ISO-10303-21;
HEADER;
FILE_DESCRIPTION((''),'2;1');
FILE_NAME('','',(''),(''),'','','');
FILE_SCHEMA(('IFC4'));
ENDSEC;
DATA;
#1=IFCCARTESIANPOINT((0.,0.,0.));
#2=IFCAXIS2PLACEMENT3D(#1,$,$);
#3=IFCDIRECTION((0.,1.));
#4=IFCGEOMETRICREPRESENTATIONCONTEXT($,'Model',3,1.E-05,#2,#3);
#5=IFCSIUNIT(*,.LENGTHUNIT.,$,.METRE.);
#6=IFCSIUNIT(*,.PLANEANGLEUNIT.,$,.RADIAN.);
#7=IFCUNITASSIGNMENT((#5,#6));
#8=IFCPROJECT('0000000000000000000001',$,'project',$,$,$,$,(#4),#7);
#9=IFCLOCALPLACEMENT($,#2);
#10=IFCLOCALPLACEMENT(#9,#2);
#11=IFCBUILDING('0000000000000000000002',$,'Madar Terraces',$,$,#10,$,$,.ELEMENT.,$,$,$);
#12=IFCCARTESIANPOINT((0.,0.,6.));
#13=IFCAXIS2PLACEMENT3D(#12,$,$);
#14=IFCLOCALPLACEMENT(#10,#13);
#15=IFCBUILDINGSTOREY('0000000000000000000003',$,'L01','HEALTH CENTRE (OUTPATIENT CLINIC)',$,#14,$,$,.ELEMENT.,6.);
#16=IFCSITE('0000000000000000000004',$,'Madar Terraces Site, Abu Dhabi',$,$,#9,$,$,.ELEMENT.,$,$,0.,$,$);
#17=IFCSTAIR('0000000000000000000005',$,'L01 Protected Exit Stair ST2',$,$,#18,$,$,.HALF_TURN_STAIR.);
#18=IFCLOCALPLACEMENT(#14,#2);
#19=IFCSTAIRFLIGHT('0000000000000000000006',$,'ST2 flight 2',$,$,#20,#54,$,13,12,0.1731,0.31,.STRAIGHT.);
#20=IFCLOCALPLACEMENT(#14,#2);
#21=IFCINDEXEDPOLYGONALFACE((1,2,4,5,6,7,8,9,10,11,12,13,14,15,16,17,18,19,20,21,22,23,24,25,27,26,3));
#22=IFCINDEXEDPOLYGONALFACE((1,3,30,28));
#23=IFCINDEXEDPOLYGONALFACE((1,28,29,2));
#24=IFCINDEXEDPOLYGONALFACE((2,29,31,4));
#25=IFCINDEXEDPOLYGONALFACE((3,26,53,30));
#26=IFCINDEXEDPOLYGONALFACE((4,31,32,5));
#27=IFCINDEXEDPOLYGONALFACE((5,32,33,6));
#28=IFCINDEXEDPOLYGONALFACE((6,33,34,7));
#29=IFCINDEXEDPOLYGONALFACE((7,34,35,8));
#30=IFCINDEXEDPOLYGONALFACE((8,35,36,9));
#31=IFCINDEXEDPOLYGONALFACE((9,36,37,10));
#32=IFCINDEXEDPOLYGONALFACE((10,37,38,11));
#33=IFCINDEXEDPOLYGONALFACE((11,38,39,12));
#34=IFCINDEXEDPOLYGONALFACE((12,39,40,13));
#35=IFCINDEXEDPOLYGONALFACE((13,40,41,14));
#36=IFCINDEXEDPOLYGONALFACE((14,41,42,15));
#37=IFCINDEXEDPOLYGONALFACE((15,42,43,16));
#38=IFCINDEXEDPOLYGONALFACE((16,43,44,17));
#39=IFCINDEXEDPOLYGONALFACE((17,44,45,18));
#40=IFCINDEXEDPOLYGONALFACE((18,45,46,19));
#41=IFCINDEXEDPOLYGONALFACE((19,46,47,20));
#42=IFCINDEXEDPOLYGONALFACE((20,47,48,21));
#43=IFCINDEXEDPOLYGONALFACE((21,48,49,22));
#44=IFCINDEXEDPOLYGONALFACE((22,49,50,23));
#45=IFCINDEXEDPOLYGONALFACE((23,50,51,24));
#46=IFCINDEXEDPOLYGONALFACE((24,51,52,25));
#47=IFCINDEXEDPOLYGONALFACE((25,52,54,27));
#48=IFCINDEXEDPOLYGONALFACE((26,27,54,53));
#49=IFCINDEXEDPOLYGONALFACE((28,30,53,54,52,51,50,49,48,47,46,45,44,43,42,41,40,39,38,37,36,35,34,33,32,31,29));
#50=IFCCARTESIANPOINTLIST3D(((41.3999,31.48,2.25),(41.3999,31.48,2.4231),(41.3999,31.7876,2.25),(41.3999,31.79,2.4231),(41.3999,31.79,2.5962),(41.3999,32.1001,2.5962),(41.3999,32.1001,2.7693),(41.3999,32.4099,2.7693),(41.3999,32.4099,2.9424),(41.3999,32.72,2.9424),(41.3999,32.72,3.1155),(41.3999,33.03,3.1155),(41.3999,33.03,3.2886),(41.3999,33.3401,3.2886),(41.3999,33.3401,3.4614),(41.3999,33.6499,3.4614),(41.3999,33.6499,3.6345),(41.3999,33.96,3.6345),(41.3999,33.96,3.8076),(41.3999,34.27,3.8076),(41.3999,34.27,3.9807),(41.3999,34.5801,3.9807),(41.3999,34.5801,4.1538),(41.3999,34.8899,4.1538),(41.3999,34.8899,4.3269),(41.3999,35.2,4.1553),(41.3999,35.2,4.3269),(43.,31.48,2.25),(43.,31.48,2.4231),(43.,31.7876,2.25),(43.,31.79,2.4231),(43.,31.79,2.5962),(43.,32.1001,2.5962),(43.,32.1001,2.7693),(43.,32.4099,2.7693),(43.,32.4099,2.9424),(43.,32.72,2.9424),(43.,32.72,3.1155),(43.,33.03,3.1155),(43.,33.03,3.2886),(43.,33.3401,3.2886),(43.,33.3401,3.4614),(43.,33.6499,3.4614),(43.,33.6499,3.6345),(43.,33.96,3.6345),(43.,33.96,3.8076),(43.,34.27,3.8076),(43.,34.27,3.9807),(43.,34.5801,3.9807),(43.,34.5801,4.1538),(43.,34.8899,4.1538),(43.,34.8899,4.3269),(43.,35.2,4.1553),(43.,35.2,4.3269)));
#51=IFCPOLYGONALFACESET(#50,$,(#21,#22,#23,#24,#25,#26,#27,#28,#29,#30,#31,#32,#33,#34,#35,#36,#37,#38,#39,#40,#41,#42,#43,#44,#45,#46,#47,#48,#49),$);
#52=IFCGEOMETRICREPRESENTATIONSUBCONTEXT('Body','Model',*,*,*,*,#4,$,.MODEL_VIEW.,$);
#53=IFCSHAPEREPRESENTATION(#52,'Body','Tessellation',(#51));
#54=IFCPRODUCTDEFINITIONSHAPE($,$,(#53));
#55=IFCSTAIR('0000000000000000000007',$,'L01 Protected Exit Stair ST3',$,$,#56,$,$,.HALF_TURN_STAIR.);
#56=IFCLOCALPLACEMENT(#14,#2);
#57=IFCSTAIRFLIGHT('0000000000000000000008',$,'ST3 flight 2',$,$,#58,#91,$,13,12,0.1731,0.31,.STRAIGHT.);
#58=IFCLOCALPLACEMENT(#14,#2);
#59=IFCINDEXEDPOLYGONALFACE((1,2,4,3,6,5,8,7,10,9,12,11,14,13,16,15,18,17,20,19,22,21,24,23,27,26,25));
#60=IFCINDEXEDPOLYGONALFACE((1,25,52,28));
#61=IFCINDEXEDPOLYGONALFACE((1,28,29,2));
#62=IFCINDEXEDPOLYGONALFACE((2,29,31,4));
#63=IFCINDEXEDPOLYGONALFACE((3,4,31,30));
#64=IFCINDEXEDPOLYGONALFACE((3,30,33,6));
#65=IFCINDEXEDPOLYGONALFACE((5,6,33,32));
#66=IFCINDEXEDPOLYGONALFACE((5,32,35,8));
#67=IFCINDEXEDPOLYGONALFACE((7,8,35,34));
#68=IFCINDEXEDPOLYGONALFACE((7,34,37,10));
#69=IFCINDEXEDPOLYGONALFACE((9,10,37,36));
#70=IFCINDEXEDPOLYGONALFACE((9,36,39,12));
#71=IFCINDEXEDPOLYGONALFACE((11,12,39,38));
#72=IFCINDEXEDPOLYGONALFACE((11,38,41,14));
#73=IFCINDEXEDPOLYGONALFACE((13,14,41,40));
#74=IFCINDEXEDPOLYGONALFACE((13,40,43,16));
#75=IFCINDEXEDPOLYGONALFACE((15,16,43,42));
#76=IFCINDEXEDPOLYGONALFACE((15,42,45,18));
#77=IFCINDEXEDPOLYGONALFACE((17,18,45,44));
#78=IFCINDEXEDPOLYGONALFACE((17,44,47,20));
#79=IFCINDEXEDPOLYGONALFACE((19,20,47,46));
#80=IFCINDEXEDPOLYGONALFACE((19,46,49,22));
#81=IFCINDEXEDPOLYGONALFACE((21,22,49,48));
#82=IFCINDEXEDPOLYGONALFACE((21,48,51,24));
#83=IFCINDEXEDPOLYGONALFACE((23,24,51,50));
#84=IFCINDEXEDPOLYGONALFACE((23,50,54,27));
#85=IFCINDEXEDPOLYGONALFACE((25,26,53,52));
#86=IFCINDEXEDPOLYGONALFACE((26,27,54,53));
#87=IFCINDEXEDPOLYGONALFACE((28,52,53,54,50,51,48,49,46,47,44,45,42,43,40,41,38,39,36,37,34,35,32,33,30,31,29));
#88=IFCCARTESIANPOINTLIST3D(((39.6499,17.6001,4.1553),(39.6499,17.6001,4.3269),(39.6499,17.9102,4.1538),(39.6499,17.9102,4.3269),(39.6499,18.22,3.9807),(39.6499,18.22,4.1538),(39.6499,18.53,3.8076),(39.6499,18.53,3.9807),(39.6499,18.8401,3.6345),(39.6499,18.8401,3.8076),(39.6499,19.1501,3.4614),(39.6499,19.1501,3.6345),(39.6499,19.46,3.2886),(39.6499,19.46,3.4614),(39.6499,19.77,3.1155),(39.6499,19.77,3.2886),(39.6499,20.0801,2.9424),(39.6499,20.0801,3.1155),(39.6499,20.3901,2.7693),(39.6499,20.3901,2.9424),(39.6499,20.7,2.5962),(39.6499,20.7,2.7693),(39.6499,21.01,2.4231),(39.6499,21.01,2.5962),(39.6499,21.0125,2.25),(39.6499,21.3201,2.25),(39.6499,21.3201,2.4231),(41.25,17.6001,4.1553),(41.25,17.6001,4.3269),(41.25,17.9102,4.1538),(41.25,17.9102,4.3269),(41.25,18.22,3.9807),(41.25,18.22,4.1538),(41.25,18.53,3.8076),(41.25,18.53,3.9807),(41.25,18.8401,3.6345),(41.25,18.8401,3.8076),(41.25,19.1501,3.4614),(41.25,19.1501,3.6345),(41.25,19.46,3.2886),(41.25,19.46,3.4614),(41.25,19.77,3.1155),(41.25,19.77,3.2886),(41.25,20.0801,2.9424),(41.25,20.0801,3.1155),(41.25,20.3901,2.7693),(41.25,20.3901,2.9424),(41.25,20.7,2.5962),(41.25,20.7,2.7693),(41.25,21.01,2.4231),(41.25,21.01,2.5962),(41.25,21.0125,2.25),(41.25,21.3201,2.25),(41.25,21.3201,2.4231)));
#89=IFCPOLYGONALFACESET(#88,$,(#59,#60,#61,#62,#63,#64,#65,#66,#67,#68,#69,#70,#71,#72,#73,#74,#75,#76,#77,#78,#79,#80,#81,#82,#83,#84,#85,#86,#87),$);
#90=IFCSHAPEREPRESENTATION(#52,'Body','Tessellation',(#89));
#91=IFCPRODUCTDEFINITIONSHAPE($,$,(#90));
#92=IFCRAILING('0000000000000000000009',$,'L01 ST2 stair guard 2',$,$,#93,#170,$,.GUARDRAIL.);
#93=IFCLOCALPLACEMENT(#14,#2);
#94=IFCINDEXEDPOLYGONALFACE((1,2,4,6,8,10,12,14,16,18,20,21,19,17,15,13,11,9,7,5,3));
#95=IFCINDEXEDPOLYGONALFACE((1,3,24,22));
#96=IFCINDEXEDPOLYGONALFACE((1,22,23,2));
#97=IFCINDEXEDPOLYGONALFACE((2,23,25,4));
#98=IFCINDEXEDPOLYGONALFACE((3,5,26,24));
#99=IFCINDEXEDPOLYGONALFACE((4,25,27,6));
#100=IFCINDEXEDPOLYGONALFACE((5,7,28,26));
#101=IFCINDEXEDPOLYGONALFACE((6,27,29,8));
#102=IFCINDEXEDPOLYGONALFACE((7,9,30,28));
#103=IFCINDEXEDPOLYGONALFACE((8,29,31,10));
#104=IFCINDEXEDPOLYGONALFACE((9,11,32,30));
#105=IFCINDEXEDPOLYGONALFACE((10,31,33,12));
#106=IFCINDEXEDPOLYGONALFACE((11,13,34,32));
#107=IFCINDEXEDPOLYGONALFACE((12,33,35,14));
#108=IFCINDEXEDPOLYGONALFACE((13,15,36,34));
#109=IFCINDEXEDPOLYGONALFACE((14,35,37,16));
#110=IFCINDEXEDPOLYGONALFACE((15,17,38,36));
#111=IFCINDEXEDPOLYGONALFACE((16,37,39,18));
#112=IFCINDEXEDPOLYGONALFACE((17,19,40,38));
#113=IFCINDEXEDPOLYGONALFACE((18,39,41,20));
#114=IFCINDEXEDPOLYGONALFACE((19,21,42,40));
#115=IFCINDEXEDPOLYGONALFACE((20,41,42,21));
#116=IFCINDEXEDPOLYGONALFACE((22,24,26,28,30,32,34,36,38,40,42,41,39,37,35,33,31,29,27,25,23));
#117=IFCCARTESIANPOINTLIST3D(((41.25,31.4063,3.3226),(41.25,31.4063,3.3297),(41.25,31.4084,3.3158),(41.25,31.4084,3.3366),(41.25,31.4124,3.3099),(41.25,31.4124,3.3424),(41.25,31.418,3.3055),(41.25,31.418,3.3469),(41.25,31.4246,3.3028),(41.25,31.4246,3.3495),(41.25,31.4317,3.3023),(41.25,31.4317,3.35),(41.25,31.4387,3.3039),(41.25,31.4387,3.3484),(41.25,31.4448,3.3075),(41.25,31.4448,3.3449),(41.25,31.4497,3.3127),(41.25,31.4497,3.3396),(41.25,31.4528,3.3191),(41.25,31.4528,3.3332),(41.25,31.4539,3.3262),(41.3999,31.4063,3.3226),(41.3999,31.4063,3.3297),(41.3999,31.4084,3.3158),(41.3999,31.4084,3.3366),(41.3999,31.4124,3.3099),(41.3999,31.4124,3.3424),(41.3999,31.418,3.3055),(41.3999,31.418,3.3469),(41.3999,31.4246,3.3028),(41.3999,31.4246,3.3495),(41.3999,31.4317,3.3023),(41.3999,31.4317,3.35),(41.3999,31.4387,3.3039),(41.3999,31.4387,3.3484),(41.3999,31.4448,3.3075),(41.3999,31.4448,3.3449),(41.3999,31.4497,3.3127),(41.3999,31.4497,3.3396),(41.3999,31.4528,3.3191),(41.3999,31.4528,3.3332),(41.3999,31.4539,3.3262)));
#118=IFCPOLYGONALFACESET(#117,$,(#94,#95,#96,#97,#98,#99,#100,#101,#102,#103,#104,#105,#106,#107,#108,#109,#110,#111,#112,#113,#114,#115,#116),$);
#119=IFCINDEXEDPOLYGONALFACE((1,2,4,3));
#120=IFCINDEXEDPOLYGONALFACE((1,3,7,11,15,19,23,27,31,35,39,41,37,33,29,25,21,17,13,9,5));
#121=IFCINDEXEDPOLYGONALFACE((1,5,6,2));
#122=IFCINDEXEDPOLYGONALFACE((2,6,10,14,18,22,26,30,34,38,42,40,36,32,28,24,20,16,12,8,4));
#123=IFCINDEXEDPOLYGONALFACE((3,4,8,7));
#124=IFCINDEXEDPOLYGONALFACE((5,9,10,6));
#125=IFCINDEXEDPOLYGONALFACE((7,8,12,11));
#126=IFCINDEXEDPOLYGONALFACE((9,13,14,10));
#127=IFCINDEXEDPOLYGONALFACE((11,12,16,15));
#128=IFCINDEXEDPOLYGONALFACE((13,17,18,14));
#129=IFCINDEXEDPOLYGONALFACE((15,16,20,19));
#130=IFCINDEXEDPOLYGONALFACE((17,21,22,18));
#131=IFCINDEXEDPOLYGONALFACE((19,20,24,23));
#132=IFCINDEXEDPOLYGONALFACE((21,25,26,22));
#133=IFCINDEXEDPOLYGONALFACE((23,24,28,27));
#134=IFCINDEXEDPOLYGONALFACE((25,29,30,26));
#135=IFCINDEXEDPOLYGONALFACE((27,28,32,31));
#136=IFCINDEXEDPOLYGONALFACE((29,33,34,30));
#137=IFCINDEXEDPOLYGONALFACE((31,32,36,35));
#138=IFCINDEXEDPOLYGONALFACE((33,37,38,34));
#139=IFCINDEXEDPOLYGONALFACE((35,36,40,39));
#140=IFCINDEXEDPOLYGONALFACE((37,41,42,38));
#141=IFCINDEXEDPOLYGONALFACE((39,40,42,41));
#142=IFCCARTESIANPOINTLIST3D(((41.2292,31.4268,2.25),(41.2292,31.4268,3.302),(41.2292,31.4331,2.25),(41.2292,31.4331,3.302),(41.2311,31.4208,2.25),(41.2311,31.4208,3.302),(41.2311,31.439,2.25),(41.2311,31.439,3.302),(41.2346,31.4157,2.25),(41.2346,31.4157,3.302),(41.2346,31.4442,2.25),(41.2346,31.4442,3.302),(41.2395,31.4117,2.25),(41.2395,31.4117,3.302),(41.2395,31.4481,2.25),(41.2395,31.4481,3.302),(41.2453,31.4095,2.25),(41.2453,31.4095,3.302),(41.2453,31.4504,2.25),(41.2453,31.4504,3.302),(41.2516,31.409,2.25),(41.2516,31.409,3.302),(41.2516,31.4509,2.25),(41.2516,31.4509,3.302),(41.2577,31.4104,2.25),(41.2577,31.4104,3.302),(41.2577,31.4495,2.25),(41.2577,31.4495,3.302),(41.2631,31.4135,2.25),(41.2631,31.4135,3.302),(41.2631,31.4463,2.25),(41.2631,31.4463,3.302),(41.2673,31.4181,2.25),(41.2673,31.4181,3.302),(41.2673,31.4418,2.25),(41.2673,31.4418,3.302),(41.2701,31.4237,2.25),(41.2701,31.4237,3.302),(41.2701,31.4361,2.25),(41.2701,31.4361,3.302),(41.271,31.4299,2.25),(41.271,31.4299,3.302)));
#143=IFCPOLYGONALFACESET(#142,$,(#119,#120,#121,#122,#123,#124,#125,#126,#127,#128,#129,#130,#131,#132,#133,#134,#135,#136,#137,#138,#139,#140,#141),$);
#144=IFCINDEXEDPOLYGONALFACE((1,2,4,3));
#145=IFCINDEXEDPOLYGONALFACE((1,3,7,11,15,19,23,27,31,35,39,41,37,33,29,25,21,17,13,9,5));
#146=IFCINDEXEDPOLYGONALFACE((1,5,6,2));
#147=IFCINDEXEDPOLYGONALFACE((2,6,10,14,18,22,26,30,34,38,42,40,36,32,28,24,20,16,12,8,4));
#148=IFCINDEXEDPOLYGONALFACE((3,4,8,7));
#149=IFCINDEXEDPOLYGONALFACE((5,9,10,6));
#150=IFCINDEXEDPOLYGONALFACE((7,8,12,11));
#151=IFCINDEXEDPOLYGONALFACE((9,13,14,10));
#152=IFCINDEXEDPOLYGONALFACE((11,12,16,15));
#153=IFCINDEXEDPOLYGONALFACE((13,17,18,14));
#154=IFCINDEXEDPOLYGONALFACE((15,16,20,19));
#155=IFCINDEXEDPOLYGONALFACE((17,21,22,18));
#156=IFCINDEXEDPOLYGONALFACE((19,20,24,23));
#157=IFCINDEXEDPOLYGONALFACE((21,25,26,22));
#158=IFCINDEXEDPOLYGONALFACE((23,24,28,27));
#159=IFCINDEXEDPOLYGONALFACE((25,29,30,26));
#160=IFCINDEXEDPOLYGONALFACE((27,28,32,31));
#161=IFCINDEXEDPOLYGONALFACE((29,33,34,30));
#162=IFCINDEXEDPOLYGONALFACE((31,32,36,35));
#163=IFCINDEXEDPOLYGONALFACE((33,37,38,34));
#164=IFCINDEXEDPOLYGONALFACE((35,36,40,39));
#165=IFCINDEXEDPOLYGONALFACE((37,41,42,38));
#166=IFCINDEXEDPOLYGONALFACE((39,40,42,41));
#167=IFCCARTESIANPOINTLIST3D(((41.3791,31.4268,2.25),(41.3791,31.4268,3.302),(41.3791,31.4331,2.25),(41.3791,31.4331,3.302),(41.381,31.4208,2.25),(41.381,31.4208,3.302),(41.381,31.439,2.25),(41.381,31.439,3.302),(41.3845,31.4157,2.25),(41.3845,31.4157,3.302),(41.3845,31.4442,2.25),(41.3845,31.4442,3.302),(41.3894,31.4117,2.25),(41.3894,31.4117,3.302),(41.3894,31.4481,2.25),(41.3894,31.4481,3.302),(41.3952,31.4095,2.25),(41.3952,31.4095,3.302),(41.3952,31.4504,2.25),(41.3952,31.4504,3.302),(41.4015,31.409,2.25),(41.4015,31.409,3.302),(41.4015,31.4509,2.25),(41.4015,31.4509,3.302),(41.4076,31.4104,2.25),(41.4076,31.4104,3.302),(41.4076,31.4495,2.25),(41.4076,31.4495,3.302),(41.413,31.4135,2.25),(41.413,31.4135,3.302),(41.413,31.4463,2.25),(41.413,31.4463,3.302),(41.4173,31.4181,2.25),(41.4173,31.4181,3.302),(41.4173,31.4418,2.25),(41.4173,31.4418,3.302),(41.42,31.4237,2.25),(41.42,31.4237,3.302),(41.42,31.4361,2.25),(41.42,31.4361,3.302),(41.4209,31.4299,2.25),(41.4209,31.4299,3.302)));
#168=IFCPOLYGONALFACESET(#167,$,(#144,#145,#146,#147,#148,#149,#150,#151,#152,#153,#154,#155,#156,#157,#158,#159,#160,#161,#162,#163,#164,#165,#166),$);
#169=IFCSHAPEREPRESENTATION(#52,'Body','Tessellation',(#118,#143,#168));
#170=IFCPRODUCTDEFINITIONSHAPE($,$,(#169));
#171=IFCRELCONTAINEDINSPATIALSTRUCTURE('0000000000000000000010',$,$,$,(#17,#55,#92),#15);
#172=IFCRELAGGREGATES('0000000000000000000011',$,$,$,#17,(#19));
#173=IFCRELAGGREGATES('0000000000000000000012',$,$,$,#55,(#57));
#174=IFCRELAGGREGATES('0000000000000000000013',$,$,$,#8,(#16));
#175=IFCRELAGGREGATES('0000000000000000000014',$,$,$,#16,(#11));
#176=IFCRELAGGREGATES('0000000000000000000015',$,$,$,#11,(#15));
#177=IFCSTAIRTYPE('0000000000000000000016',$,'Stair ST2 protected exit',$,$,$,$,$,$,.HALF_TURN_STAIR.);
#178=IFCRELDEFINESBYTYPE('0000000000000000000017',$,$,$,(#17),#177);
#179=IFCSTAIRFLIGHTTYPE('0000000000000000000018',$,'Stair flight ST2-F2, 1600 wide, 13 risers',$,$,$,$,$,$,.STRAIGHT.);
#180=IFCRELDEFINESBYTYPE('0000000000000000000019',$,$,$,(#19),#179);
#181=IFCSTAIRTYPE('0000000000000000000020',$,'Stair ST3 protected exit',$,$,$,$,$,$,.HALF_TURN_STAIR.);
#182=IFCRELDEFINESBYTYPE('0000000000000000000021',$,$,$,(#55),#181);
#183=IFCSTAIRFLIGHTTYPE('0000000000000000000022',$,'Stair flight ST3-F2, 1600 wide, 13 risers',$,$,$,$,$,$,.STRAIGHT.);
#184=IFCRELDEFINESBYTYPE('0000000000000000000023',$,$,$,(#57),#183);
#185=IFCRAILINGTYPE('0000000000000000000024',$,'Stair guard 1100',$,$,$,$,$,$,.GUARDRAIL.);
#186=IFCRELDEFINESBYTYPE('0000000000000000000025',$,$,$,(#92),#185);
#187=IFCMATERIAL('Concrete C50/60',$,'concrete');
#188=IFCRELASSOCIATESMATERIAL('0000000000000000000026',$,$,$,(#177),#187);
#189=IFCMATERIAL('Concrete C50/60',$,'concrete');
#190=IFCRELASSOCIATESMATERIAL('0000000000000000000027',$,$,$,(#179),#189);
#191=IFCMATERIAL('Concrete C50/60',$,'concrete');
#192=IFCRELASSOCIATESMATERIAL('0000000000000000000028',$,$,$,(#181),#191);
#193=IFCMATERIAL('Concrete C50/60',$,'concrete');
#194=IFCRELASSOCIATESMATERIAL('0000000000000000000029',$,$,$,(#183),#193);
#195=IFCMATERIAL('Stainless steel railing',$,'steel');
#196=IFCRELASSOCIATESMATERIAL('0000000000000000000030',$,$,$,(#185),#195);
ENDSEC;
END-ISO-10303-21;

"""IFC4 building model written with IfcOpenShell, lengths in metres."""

from ifc_helpers import new_model, si_unit, direction, frame, origin, origin_2d, place, context, subcontext, project, spatial, polyline, circle, outline, extrude, material, type_object, element, aggregate, save


model = new_model("IFC4")

# Units and contexts
model_context = context("Model", 3, precision=1e-05, world=origin(), true_north=direction((0.0, 1.0)))
body_context = subcontext(model_context, "Body", "Model", "MODEL_VIEW")
ifc_project = project(units=[si_unit("LENGTHUNIT", "METRE"), si_unit("PLANEANGLEUNIT", "RADIAN")], contexts=[model_context])

# Site, building, storey
site_placement = place(None, origin())
site = spatial("IfcSite", under=ifc_project, at=site_placement, Name="Madar Terraces Site, Abu Dhabi", CompositionType="ELEMENT", RefElevation=0.0)
building_placement = place(site_placement, origin())
building = spatial("IfcBuilding", under=site, at=building_placement, Name="Madar Terraces", CompositionType="ELEMENT")
storey_placement = place(building_placement, frame((0.0, 0.0, 6.0)))
storey = spatial("IfcBuildingStorey", under=building, at=storey_placement, Name="L01", Description="HEALTH CENTRE (OUTPATIENT CLINIC)", CompositionType="ELEMENT", Elevation=6.0)

# Stairs, stair flights
ifc_material_1 = material(Name="Concrete C50/60", Category="concrete")
stair_type_1 = type_object("IfcStairType", Name="Stair ST2 protected exit", PredefinedType="HALF_TURN_STAIR", material=ifc_material_1)
stair_1_placement = place(storey_placement, origin())
stair_1 = element("IfcStair", 1, at=stair_1_placement, inside=storey, type_object=stair_type_1, Name="L01 Protected Exit Stair ST2", PredefinedType="HALF_TURN_STAIR")
ifc_material_2 = material(Name="Concrete C50/60", Category="concrete")
stair_flight_type_1 = type_object("IfcStairFlightType", Name="Stair flight ST2-F2, 1600 wide, 13 risers", PredefinedType="STRAIGHT", material=ifc_material_2)
stair_flight_1_placement = place(storey_placement, frame((42.2, 31.48, 2.25), z_axis=(0.0, 0.0, 1.0), x_axis=(0.0, 1.0, 0.0)))
stair_flight_1 = element("IfcStairFlight", 2, at=stair_flight_1_placement, type_object=stair_flight_type_1, Name="ST2 flight 2", NumberOfRisers=13, NumberOfTreads=12, PredefinedType="STRAIGHT", RiserHeight=0.1731, TreadLength=0.31, context=body_context, shape_type="SweptSolid", body=[
    extrude(outline(polyline([(0.0, 0.0), (0.0, 0.1731), (0.3101, 0.1731), (0.3101, 0.3462), (0.6201, 0.3462), (0.6201, 0.5193), (0.9299, 0.5193), (0.9299, 0.6924), (1.24, 0.6924), (1.24, 0.8655), (1.55, 0.8655), (1.55, 1.0386), (1.8601, 1.0386), (1.8601, 1.2114), (2.1699, 1.2114), (2.1699, 1.3845), (2.48, 1.3845), (2.48, 1.5576), (2.79, 1.5576), (2.79, 1.7307), (3.1001, 1.7307), (3.1001, 1.9038), (3.4099, 1.9038), (3.4099, 2.0769), (3.72, 2.0769), (3.72, 2.25), (3.72, 1.9053), (0.3076, 0.0), (0.0, 0.0)])), frame((0.0, 0.8, 0.0), z_axis=(0.0, -1.0, 0.0), x_axis=(1.0, 0.0, 0.0)), (0.0, 0.0, 1.0), 1.6001),
])
aggregate(stair_1, [stair_flight_1])
ifc_material_3 = material(Name="Concrete C50/60", Category="concrete")
stair_type_2 = type_object("IfcStairType", Name="Stair ST3 protected exit", PredefinedType="HALF_TURN_STAIR", material=ifc_material_3)
stair_2_placement = place(storey_placement, origin())
stair_2 = element("IfcStair", 3, at=stair_2_placement, inside=storey, type_object=stair_type_2, Name="L01 Protected Exit Stair ST3", PredefinedType="HALF_TURN_STAIR")
ifc_material_4 = material(Name="Concrete C50/60", Category="concrete")
stair_flight_type_2 = type_object("IfcStairFlightType", Name="Stair flight ST3-F2, 1600 wide, 13 risers", PredefinedType="STRAIGHT", material=ifc_material_4)
stair_flight_2_placement = place(storey_placement, frame((40.45, 21.3201, 2.25), z_axis=(0.0, 0.0, 1.0), x_axis=(0.0, -1.0, 0.0)))
stair_flight_2 = element("IfcStairFlight", 4, at=stair_flight_2_placement, type_object=stair_flight_type_2, Name="ST3 flight 2", NumberOfRisers=13, NumberOfTreads=12, PredefinedType="STRAIGHT", RiserHeight=0.1731, TreadLength=0.31, context=body_context, shape_type="SweptSolid", body=[
    extrude(outline(polyline([(0.0, 0.0), (0.0, 0.1731), (0.3101, 0.1731), (0.3101, 0.3462), (0.6201, 0.3462), (0.6201, 0.5193), (0.9299, 0.5193), (0.9299, 0.6924), (1.24, 0.6924), (1.24, 0.8655), (1.55, 0.8655), (1.55, 1.0386), (1.8601, 1.0386), (1.8601, 1.2114), (2.1699, 1.2114), (2.1699, 1.3845), (2.48, 1.3845), (2.48, 1.5576), (2.79, 1.5576), (2.79, 1.7307), (3.1001, 1.7307), (3.1001, 1.9038), (3.4099, 1.9038), (3.4099, 2.0769), (3.72, 2.0769), (3.72, 2.25), (3.72, 1.9053), (0.3076, 0.0), (0.0, 0.0)])), frame((0.0, 0.8, 0.0), z_axis=(0.0, -1.0, 0.0), x_axis=(1.0, 0.0, 0.0)), (0.0, 0.0, 1.0), 1.6001),
])
aggregate(stair_2, [stair_flight_2])

# Railing
ifc_material_5 = material(Name="Stainless steel railing", Category="steel")
railing_type_1 = type_object("IfcRailingType", Name="Stair guard 1100", PredefinedType="GUARDRAIL", material=ifc_material_5)
railing_1_placement = place(storey_placement, frame((41.25, 31.4299, 2.25)))
element("IfcRailing", 5, at=railing_1_placement, inside=storey, type_object=railing_type_1, Name="L01 ST2 stair guard 2", PredefinedType="GUARDRAIL", context=body_context, shape_type="SweptSolid", body=[
    extrude(circle(Radius=0.0239, at=origin_2d()), frame((0.0, 0.0, 1.0762), z_axis=(1.0, 0.0, 0.0), x_axis=(0.0, 1.0, 0.0)), (0.0, 0.0, 1.0), 0.1499),
    extrude(circle(Radius=0.021, at=origin_2d()), origin(), (0.0, 0.0, 1.0), 1.052),
    extrude(circle(Radius=0.021, at=origin_2d()), frame((0.1499, 0.0, 0.0)), (0.0, 0.0, 1.0), 1.052),
])

save(model, "model.ifc")
